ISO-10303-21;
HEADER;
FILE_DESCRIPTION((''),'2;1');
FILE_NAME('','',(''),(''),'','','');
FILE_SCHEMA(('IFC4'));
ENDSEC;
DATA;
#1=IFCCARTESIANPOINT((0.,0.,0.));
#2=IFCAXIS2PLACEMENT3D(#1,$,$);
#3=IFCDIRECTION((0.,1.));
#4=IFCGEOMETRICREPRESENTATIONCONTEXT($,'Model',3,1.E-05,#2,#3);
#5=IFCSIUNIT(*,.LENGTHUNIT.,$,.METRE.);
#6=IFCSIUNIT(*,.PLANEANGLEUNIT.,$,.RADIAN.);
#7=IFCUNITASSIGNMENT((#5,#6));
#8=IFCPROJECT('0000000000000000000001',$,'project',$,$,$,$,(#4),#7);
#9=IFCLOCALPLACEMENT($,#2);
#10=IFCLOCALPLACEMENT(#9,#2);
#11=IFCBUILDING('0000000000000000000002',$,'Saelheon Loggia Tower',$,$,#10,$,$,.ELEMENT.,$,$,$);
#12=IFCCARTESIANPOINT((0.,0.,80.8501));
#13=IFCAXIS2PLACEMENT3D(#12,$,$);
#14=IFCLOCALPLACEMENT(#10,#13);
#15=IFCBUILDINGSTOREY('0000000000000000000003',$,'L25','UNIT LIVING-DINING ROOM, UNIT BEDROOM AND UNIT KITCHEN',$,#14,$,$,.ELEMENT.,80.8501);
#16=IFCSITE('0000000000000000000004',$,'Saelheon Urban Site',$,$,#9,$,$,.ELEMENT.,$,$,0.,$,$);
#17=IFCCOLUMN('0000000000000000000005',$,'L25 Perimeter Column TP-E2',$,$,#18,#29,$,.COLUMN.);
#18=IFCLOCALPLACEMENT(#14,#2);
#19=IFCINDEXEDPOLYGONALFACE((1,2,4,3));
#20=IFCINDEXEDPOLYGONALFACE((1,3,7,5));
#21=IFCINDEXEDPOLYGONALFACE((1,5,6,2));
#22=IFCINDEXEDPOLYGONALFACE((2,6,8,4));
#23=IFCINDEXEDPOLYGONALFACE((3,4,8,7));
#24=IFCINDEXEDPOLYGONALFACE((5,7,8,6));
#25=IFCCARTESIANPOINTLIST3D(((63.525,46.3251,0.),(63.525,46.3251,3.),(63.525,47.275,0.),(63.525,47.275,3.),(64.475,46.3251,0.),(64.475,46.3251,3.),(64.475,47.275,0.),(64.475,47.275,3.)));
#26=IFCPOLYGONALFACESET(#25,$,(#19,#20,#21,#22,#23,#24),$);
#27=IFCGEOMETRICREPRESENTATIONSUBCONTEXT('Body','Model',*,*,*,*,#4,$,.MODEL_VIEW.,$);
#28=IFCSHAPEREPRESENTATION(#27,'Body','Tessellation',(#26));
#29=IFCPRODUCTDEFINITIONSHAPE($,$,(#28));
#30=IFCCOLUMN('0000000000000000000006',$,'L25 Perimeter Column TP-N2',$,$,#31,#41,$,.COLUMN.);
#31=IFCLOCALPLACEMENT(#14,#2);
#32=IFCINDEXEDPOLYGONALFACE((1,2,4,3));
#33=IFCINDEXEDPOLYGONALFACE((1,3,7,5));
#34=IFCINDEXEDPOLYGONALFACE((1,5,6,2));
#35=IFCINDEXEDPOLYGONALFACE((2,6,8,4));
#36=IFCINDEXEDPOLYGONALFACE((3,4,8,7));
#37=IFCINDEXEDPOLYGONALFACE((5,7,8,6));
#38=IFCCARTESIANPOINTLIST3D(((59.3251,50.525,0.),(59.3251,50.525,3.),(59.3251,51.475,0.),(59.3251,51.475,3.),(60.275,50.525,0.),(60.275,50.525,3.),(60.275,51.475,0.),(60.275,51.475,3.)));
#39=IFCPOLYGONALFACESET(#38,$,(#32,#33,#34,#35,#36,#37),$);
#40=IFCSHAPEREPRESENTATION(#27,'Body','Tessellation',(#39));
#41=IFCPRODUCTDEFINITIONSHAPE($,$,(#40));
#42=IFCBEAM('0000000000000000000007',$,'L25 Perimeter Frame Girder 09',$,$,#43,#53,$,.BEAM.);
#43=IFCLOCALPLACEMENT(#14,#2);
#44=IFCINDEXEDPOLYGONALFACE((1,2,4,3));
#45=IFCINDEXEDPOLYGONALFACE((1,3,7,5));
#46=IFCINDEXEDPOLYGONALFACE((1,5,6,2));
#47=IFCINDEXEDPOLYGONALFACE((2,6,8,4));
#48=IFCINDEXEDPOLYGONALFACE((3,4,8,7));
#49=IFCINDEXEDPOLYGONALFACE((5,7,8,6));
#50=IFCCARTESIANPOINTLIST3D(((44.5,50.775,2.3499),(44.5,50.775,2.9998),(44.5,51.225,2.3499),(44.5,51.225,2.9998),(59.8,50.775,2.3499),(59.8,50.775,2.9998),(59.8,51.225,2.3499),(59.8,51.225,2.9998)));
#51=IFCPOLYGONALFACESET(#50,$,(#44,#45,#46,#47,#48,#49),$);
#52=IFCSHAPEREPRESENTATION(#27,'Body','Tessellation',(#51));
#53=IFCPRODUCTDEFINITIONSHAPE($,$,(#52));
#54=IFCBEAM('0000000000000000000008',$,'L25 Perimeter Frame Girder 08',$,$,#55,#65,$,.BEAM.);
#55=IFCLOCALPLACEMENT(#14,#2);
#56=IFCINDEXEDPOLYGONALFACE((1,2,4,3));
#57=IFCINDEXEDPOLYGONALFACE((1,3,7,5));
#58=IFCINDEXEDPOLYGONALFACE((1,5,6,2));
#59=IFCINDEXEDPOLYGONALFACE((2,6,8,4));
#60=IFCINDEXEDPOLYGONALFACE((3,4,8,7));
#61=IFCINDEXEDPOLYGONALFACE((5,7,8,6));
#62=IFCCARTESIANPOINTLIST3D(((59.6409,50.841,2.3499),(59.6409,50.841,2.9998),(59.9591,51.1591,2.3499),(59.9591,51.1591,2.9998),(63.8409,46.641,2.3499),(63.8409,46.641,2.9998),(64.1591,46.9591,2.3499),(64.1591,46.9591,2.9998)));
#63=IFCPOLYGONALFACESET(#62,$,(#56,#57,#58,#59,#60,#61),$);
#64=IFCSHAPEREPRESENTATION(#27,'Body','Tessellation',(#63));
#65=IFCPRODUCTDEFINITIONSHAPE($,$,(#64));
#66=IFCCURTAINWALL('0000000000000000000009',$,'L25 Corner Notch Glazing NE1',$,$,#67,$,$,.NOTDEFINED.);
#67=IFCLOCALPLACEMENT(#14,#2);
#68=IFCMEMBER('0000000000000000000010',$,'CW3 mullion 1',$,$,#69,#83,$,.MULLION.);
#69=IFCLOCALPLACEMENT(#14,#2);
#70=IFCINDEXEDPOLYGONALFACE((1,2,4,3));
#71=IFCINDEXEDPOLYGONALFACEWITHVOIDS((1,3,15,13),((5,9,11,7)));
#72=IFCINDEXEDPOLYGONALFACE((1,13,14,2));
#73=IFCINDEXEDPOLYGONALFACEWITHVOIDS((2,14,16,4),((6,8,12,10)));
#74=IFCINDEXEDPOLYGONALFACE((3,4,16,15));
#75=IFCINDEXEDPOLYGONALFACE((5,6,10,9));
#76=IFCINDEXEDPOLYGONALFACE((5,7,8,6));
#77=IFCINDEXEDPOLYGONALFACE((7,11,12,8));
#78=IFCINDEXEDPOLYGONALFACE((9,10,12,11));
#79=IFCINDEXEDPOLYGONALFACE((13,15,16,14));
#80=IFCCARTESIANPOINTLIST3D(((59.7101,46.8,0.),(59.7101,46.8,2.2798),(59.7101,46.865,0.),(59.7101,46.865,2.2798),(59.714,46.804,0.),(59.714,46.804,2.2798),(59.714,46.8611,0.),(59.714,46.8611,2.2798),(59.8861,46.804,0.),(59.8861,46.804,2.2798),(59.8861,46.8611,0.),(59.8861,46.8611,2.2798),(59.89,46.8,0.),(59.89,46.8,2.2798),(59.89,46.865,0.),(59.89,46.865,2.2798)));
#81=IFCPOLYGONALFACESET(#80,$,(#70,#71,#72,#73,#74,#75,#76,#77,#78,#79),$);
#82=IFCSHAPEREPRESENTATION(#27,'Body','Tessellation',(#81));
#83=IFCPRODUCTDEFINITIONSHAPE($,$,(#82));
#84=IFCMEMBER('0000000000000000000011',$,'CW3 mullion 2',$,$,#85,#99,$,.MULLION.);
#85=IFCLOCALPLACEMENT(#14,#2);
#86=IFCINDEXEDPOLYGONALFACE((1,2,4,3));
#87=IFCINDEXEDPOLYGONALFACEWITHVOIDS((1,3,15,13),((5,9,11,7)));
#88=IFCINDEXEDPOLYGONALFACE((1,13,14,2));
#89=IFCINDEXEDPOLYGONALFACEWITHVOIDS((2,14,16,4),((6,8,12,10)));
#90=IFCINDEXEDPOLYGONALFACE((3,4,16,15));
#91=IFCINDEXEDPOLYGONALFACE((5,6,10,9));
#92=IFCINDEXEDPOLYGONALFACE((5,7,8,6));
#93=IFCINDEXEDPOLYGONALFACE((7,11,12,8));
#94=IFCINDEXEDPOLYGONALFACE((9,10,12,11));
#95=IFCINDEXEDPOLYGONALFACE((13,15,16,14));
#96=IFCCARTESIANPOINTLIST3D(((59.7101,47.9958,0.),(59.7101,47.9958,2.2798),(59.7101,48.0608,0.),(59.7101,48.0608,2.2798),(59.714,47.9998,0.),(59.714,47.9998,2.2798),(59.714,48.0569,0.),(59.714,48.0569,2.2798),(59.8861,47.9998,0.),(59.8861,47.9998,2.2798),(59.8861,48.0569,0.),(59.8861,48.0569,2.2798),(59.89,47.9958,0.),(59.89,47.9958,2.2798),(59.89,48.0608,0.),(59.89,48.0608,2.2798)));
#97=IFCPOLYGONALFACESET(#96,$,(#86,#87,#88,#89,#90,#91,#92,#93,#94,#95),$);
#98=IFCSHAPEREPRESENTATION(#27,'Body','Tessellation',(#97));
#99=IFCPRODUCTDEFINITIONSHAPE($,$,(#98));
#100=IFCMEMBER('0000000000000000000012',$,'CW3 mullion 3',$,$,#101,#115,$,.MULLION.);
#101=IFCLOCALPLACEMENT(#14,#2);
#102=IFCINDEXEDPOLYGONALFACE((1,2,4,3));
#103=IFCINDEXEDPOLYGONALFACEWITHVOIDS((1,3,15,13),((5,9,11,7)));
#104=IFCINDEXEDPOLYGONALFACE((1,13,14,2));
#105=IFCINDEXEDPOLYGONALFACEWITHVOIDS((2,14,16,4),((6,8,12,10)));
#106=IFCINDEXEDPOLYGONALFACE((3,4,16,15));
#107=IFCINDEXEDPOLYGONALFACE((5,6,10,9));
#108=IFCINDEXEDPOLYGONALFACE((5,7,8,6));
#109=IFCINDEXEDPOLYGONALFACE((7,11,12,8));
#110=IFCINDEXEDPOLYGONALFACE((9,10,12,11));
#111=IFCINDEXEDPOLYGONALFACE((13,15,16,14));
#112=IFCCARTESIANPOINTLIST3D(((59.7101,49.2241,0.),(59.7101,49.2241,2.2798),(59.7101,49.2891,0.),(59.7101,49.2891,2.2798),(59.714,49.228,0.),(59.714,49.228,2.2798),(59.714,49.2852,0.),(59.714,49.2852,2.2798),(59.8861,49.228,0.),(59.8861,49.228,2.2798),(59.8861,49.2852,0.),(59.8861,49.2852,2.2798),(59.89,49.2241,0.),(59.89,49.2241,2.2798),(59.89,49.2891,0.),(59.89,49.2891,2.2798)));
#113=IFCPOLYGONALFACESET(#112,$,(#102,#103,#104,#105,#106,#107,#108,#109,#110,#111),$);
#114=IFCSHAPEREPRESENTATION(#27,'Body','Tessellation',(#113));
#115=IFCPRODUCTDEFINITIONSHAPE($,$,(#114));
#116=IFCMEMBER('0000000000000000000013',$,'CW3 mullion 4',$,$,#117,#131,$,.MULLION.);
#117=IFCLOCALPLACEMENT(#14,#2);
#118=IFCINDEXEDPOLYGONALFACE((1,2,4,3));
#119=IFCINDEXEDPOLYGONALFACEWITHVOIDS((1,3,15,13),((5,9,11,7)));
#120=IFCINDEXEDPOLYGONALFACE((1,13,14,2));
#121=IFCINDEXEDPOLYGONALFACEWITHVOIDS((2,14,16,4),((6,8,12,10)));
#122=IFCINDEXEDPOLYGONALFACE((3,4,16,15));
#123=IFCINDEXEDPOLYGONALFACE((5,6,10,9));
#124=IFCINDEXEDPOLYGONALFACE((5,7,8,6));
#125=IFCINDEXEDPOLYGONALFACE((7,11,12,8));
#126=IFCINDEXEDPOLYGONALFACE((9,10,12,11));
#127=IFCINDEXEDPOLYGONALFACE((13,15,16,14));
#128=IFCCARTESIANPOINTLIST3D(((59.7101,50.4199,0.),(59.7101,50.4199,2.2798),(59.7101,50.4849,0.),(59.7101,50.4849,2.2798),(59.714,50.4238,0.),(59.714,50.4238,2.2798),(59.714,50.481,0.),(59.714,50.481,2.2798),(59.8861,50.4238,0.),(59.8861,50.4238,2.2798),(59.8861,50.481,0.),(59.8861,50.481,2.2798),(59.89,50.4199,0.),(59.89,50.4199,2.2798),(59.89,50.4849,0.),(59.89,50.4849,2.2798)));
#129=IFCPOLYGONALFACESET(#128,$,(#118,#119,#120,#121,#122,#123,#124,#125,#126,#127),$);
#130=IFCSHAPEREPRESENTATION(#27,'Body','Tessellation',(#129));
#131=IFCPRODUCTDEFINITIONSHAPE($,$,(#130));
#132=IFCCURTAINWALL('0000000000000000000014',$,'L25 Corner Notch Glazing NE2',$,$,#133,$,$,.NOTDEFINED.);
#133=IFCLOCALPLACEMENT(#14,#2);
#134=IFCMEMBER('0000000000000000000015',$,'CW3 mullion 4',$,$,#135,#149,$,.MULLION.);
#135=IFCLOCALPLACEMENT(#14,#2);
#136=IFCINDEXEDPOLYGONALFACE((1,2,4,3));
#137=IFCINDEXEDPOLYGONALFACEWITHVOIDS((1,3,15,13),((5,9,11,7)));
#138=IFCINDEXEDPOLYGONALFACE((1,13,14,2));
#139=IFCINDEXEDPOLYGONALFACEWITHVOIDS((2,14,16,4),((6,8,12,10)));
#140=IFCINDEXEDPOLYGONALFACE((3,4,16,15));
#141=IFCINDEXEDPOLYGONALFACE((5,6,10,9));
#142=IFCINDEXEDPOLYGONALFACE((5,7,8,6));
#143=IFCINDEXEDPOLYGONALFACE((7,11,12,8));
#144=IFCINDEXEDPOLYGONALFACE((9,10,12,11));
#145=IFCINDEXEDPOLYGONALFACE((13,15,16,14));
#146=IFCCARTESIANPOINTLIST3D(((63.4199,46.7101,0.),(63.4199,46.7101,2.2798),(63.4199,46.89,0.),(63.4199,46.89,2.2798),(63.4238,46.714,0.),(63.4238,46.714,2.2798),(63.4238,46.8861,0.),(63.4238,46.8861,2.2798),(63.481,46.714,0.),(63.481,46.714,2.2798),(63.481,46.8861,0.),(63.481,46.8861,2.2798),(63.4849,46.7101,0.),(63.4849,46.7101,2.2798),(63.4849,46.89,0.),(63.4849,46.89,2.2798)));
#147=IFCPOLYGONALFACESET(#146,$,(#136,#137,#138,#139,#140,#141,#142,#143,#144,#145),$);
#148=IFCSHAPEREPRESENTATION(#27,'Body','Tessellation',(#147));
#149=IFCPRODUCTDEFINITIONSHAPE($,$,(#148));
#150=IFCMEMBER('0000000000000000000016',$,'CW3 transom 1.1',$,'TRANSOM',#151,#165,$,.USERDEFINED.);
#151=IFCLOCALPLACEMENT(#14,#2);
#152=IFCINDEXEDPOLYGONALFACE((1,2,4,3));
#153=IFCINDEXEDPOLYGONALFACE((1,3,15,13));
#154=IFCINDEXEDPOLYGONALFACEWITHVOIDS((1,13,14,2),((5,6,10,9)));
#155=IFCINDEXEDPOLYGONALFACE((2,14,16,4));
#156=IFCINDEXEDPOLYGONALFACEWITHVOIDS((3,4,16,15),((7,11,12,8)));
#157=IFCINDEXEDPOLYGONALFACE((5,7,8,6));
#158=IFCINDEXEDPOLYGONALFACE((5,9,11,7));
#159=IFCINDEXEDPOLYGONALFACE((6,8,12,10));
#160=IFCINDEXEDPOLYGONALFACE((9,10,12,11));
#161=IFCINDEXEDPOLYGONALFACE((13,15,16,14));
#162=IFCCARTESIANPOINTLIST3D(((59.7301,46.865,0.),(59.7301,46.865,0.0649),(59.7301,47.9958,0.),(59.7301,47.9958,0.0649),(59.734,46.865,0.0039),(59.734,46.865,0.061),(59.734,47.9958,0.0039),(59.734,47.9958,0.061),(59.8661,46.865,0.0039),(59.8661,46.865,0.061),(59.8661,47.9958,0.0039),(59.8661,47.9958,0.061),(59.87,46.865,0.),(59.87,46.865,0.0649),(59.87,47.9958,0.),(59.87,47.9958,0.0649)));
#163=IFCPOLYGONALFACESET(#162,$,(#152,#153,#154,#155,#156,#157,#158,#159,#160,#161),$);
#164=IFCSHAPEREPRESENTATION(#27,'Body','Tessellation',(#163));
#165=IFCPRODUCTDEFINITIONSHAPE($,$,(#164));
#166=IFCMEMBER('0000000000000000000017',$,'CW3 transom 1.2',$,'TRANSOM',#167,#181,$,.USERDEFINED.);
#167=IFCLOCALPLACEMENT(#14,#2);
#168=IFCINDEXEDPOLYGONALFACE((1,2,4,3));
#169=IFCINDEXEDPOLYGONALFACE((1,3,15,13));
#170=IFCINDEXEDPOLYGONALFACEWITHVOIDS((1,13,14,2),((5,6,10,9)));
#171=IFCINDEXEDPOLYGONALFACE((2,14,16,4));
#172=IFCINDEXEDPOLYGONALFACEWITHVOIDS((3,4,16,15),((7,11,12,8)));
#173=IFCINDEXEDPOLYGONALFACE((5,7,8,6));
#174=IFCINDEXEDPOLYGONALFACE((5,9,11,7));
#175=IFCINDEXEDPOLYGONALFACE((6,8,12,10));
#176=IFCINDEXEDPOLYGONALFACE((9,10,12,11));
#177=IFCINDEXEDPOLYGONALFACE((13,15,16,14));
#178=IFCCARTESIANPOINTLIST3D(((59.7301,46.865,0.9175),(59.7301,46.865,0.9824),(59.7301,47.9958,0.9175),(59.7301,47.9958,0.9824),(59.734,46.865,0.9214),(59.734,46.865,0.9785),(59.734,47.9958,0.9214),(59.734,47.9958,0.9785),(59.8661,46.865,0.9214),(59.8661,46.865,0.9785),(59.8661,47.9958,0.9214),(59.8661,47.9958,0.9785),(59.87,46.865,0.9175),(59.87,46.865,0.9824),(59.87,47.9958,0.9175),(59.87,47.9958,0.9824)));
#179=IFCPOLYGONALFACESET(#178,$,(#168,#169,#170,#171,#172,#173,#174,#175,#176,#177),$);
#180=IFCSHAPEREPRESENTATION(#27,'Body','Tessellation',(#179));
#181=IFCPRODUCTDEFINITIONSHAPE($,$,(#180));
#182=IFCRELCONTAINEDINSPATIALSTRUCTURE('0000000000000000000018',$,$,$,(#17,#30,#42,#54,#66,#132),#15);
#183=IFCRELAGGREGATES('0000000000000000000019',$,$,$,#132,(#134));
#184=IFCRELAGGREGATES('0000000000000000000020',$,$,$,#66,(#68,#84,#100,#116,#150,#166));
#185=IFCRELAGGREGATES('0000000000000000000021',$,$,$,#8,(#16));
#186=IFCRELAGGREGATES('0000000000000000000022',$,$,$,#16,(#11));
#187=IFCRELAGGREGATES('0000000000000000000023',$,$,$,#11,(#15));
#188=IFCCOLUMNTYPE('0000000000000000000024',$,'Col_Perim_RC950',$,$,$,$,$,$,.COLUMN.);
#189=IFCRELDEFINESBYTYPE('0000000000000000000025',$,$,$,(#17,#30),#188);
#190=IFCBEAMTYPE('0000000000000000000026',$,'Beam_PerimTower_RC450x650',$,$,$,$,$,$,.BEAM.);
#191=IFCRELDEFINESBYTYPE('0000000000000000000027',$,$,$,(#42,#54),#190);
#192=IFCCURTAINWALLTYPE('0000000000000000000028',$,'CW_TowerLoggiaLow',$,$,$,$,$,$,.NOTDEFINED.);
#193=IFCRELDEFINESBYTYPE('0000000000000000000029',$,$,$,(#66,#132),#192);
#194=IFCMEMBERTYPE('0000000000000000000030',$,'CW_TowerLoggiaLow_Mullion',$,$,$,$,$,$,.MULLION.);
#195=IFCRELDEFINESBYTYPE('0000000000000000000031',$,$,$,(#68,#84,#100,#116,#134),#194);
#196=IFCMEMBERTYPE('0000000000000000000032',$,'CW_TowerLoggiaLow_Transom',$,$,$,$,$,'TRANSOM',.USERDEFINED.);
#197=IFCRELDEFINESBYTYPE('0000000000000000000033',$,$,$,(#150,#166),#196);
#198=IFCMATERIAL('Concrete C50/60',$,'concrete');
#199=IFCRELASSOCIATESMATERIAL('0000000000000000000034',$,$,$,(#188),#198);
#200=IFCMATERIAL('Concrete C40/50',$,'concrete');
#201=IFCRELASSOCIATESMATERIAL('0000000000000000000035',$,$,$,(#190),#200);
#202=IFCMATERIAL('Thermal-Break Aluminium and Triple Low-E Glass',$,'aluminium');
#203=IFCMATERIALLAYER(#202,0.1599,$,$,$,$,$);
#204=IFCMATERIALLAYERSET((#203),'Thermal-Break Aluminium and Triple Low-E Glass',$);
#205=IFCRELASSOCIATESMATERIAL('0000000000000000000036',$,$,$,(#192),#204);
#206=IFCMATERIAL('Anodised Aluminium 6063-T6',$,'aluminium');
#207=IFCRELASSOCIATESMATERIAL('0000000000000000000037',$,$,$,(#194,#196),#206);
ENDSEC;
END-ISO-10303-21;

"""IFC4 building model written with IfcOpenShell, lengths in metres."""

from ifc_helpers import new_model, si_unit, direction, frame, origin, origin_2d, place, context, subcontext, project, spatial, rectangle, hollow_rectangle, extrude, source, transform, mapped, material, layer, layer_set, material_profile, profile_set, type_object, element, aggregate, save


model = new_model("IFC4")

# Units and contexts
model_context = context("Model", 3, precision=1e-05, world=origin(), true_north=direction((0.0, 1.0)))
body_context = subcontext(model_context, "Body", "Model", "MODEL_VIEW")
ifc_project = project(units=[si_unit("LENGTHUNIT", "METRE"), si_unit("PLANEANGLEUNIT", "RADIAN")], contexts=[model_context])

# Site, building, storey
site_placement = place(None, origin())
site = spatial("IfcSite", under=ifc_project, at=site_placement, Name="Saelheon Urban Site", CompositionType="ELEMENT", RefElevation=0.0)
building_placement = place(site_placement, origin())
building = spatial("IfcBuilding", under=site, at=building_placement, Name="Saelheon Loggia Tower", CompositionType="ELEMENT")
storey_placement = place(building_placement, frame((0.0, 0.0, 80.8501)))
storey = spatial("IfcBuildingStorey", under=building, at=storey_placement, Name="L25", Description="UNIT LIVING-DINING ROOM, UNIT BEDROOM AND UNIT KITCHEN", CompositionType="ELEMENT", Elevation=80.8501)

# Columns
ifc_material_1 = material(Name="Concrete C50/60", Category="concrete")
ifc_material_profile_1 = material_profile(ifc_material_1, rectangle(XDim=0.95, YDim=0.95, at=origin_2d()), Name="RC-950x950")
ifc_profile_set_1 = profile_set([ifc_material_profile_1], Name="Concrete C50/60")
column_type = type_object("IfcColumnType", Name="Col_Perim_RC950", PredefinedType="COLUMN", material=ifc_profile_set_1)
shared_shape_1 = source(origin(), body_context, "Body", "SweptSolid", [
    extrude(rectangle(XDim=0.95, YDim=0.95, at=origin_2d()), origin(), (0.0, 0.0, 1.0), 3.0),
])
for number, where, z_axis, x_axis, name in (
    (1, (64.0, 46.8, 0.0), (0.0, 0.0, 1.0), (1.0, 0.0, 0.0), "L25 Perimeter Column TP-E2"),
    (2, (59.8, 51.0, 0.0), (0.0, 0.0, 1.0), (1.0, 0.0, 0.0), "L25 Perimeter Column TP-N2"),
):
    element("IfcColumn", number, at=place(storey_placement, frame(where, z_axis=z_axis, x_axis=x_axis)), inside=storey, type_object=column_type, Name=name, PredefinedType="COLUMN", context=body_context, shape_type="MappedRepresentation", body=[
        mapped(shared_shape_1, transform((0.0, 0.0, 0.0), scale=1.0)),
    ])

# Beams
ifc_material_2 = material(Name="Concrete C40/50", Category="concrete")
ifc_material_profile_2 = material_profile(ifc_material_2, rectangle(XDim=0.45, YDim=0.6499, at=origin_2d()), Name="RC-450x650")
ifc_profile_set_2 = profile_set([ifc_material_profile_2], Name="Concrete C40/50")
beam_type = type_object("IfcBeamType", Name="Beam_PerimTower_RC450x650", PredefinedType="BEAM", material=ifc_profile_set_2)
shared_shape_2 = source(origin(), body_context, "Body", "SweptSolid", [
    extrude(rectangle(XDim=0.45, YDim=0.6499, at=origin_2d()), origin(), (0.0, 0.0, 1.0), 15.3),
])
beam_1_placement = place(storey_placement, frame((59.8, 51.0, 2.6748), z_axis=(-1.0, 0.0, 0.0), x_axis=(0.0, -1.0, 0.0)))
element("IfcBeam", 3, at=beam_1_placement, inside=storey, type_object=beam_type, Name="L25 Perimeter Frame Girder 09", PredefinedType="BEAM", context=body_context, shape_type="MappedRepresentation", body=[
    mapped(shared_shape_2, transform((0.0, 0.0, 0.0), scale=1.0)),
])
shared_shape_3 = source(origin(), body_context, "Body", "SweptSolid", [
    extrude(rectangle(XDim=0.45, YDim=0.6499, at=origin_2d()), origin(), (0.0, 0.0, 1.0), 5.9397),
])
beam_2_placement = place(storey_placement, frame((64.0, 46.8, 2.6748), z_axis=(-0.707107, 0.707107, 0.0), x_axis=(-0.707107, -0.707107, 0.0)))
element("IfcBeam", 4, at=beam_2_placement, inside=storey, type_object=beam_type, Name="L25 Perimeter Frame Girder 08", PredefinedType="BEAM", context=body_context, shape_type="MappedRepresentation", body=[
    mapped(shared_shape_3, transform((0.0, 0.0, 0.0), scale=1.0)),
])

# Curtain wall, members
ifc_material_3 = material(Name="Thermal-Break Aluminium and Triple Low-E Glass", Category="aluminium")
ifc_layer_1 = layer(ifc_material_3, 0.1599)
ifc_layer_set_1 = layer_set([ifc_layer_1], Name="Thermal-Break Aluminium and Triple Low-E Glass")
curtain_wall_type = type_object("IfcCurtainWallType", Name="CW_TowerLoggiaLow", PredefinedType="NOTDEFINED", material=ifc_layer_set_1)
curtain_wall_1_placement = place(storey_placement, origin())
curtain_wall_1 = element("IfcCurtainWall", 5, at=curtain_wall_1_placement, inside=storey, type_object=curtain_wall_type, Name="L25 Corner Notch Glazing NE1", PredefinedType="NOTDEFINED")
ifc_material_4 = material(Name="Anodised Aluminium 6063-T6", Category="aluminium")
ifc_material_profile_3 = material_profile(ifc_material_4, hollow_rectangle(XDim=0.0649, YDim=0.1799, WallThickness=0.0039, at=origin_2d()), Name="RHS-180x65x4")
ifc_profile_set_3 = profile_set([ifc_material_profile_3], Name="Anodised Aluminium 6063-T6")
member_type_1 = type_object("IfcMemberType", Name="CW_TowerLoggiaLow_Mullion", PredefinedType="MULLION", material=ifc_profile_set_3)
shared_shape_4 = source(origin(), body_context, "Body", "SweptSolid", [
    extrude(hollow_rectangle(XDim=0.0649, YDim=0.1799, WallThickness=0.0039, at=origin_2d()), origin(), (0.0, 0.0, 1.0), 2.2798),
])
member_1_placement = place(storey_placement, frame((59.8, 46.8325, 0.0), z_axis=(0.0, 0.0, 1.0), x_axis=(0.0, 1.0, 0.0)))
member_1 = element("IfcMember", 6, at=member_1_placement, type_object=member_type_1, Name="CW3 mullion 1", PredefinedType="MULLION", context=body_context, shape_type="MappedRepresentation", body=[
    mapped(shared_shape_4, transform((0.0, 0.0, 0.0), scale=1.0)),
])
member_2_placement = place(storey_placement, frame((59.8, 48.0283, 0.0), z_axis=(0.0, 0.0, 1.0), x_axis=(0.0, 1.0, 0.0)))
member_2 = element("IfcMember", 7, at=member_2_placement, type_object=member_type_1, Name="CW3 mullion 2", PredefinedType="MULLION", context=body_context, shape_type="MappedRepresentation", body=[
    mapped(shared_shape_4, transform((0.0, 0.0, 0.0), scale=1.0)),
])
member_3_placement = place(storey_placement, frame((59.8, 49.2566, 0.0), z_axis=(0.0, 0.0, 1.0), x_axis=(0.0, 1.0, 0.0)))
member_3 = element("IfcMember", 8, at=member_3_placement, type_object=member_type_1, Name="CW3 mullion 3", PredefinedType="MULLION", context=body_context, shape_type="MappedRepresentation", body=[
    mapped(shared_shape_4, transform((0.0, 0.0, 0.0), scale=1.0)),
])
member_4_placement = place(storey_placement, frame((59.8, 50.4524, 0.0), z_axis=(0.0, 0.0, 1.0), x_axis=(0.0, 1.0, 0.0)))
member_4 = element("IfcMember", 9, at=member_4_placement, type_object=member_type_1, Name="CW3 mullion 4", PredefinedType="MULLION", context=body_context, shape_type="MappedRepresentation", body=[
    mapped(shared_shape_4, transform((0.0, 0.0, 0.0), scale=1.0)),
])

# Curtain wall, member
curtain_wall_2_placement = place(storey_placement, origin())
curtain_wall_2 = element("IfcCurtainWall", 10, at=curtain_wall_2_placement, inside=storey, type_object=curtain_wall_type, Name="L25 Corner Notch Glazing NE2", PredefinedType="NOTDEFINED")
member_5_placement = place(storey_placement, frame((63.4524, 46.8, 0.0), z_axis=(0.0, 0.0, 1.0), x_axis=(1.0, 0.0, 0.0)))
member_5 = element("IfcMember", 11, at=member_5_placement, type_object=member_type_1, Name="CW3 mullion 4", PredefinedType="MULLION", context=body_context, shape_type="MappedRepresentation", body=[
    mapped(shared_shape_4, transform((0.0, 0.0, 0.0), scale=1.0)),
])

# Members
ifc_material_profile_4 = material_profile(ifc_material_4, hollow_rectangle(XDim=0.0649, YDim=0.1399, WallThickness=0.0039, at=origin_2d()), Name="RHS-140x65x4")
ifc_profile_set_4 = profile_set([ifc_material_profile_4], Name="Anodised Aluminium 6063-T6")
member_type_2 = type_object("IfcMemberType", Name="CW_TowerLoggiaLow_Transom", ElementType="TRANSOM", PredefinedType="USERDEFINED", material=ifc_profile_set_4)
shared_shape_5 = source(origin(), body_context, "Body", "SweptSolid", [
    extrude(hollow_rectangle(XDim=0.0649, YDim=0.1399, WallThickness=0.0039, at=origin_2d()), origin(), (0.0, 0.0, 1.0), 1.1309),
])
member_6_placement = place(storey_placement, frame((59.8, 46.865, 0.0325), z_axis=(0.0, 1.0, 0.0), x_axis=(0.0, 0.0, 1.0)))
member_6 = element("IfcMember", 12, at=member_6_placement, type_object=member_type_2, Name="CW3 transom 1.1", ObjectType="TRANSOM", PredefinedType="USERDEFINED", context=body_context, shape_type="MappedRepresentation", body=[
    mapped(shared_shape_5, transform((0.0, 0.0, 0.0), scale=1.0)),
])
member_7_placement = place(storey_placement, frame((59.8, 46.865, 0.95), z_axis=(0.0, 1.0, 0.0), x_axis=(0.0, 0.0, 1.0)))
member_7 = element("IfcMember", 13, at=member_7_placement, type_object=member_type_2, Name="CW3 transom 1.2", ObjectType="TRANSOM", PredefinedType="USERDEFINED", context=body_context, shape_type="MappedRepresentation", body=[
    mapped(shared_shape_5, transform((0.0, 0.0, 0.0), scale=1.0)),
])

aggregate(curtain_wall_2, [member_5])
aggregate(curtain_wall_1, [member_1, member_2, member_3, member_4, member_6, member_7])

save(model, "model.ifc")
